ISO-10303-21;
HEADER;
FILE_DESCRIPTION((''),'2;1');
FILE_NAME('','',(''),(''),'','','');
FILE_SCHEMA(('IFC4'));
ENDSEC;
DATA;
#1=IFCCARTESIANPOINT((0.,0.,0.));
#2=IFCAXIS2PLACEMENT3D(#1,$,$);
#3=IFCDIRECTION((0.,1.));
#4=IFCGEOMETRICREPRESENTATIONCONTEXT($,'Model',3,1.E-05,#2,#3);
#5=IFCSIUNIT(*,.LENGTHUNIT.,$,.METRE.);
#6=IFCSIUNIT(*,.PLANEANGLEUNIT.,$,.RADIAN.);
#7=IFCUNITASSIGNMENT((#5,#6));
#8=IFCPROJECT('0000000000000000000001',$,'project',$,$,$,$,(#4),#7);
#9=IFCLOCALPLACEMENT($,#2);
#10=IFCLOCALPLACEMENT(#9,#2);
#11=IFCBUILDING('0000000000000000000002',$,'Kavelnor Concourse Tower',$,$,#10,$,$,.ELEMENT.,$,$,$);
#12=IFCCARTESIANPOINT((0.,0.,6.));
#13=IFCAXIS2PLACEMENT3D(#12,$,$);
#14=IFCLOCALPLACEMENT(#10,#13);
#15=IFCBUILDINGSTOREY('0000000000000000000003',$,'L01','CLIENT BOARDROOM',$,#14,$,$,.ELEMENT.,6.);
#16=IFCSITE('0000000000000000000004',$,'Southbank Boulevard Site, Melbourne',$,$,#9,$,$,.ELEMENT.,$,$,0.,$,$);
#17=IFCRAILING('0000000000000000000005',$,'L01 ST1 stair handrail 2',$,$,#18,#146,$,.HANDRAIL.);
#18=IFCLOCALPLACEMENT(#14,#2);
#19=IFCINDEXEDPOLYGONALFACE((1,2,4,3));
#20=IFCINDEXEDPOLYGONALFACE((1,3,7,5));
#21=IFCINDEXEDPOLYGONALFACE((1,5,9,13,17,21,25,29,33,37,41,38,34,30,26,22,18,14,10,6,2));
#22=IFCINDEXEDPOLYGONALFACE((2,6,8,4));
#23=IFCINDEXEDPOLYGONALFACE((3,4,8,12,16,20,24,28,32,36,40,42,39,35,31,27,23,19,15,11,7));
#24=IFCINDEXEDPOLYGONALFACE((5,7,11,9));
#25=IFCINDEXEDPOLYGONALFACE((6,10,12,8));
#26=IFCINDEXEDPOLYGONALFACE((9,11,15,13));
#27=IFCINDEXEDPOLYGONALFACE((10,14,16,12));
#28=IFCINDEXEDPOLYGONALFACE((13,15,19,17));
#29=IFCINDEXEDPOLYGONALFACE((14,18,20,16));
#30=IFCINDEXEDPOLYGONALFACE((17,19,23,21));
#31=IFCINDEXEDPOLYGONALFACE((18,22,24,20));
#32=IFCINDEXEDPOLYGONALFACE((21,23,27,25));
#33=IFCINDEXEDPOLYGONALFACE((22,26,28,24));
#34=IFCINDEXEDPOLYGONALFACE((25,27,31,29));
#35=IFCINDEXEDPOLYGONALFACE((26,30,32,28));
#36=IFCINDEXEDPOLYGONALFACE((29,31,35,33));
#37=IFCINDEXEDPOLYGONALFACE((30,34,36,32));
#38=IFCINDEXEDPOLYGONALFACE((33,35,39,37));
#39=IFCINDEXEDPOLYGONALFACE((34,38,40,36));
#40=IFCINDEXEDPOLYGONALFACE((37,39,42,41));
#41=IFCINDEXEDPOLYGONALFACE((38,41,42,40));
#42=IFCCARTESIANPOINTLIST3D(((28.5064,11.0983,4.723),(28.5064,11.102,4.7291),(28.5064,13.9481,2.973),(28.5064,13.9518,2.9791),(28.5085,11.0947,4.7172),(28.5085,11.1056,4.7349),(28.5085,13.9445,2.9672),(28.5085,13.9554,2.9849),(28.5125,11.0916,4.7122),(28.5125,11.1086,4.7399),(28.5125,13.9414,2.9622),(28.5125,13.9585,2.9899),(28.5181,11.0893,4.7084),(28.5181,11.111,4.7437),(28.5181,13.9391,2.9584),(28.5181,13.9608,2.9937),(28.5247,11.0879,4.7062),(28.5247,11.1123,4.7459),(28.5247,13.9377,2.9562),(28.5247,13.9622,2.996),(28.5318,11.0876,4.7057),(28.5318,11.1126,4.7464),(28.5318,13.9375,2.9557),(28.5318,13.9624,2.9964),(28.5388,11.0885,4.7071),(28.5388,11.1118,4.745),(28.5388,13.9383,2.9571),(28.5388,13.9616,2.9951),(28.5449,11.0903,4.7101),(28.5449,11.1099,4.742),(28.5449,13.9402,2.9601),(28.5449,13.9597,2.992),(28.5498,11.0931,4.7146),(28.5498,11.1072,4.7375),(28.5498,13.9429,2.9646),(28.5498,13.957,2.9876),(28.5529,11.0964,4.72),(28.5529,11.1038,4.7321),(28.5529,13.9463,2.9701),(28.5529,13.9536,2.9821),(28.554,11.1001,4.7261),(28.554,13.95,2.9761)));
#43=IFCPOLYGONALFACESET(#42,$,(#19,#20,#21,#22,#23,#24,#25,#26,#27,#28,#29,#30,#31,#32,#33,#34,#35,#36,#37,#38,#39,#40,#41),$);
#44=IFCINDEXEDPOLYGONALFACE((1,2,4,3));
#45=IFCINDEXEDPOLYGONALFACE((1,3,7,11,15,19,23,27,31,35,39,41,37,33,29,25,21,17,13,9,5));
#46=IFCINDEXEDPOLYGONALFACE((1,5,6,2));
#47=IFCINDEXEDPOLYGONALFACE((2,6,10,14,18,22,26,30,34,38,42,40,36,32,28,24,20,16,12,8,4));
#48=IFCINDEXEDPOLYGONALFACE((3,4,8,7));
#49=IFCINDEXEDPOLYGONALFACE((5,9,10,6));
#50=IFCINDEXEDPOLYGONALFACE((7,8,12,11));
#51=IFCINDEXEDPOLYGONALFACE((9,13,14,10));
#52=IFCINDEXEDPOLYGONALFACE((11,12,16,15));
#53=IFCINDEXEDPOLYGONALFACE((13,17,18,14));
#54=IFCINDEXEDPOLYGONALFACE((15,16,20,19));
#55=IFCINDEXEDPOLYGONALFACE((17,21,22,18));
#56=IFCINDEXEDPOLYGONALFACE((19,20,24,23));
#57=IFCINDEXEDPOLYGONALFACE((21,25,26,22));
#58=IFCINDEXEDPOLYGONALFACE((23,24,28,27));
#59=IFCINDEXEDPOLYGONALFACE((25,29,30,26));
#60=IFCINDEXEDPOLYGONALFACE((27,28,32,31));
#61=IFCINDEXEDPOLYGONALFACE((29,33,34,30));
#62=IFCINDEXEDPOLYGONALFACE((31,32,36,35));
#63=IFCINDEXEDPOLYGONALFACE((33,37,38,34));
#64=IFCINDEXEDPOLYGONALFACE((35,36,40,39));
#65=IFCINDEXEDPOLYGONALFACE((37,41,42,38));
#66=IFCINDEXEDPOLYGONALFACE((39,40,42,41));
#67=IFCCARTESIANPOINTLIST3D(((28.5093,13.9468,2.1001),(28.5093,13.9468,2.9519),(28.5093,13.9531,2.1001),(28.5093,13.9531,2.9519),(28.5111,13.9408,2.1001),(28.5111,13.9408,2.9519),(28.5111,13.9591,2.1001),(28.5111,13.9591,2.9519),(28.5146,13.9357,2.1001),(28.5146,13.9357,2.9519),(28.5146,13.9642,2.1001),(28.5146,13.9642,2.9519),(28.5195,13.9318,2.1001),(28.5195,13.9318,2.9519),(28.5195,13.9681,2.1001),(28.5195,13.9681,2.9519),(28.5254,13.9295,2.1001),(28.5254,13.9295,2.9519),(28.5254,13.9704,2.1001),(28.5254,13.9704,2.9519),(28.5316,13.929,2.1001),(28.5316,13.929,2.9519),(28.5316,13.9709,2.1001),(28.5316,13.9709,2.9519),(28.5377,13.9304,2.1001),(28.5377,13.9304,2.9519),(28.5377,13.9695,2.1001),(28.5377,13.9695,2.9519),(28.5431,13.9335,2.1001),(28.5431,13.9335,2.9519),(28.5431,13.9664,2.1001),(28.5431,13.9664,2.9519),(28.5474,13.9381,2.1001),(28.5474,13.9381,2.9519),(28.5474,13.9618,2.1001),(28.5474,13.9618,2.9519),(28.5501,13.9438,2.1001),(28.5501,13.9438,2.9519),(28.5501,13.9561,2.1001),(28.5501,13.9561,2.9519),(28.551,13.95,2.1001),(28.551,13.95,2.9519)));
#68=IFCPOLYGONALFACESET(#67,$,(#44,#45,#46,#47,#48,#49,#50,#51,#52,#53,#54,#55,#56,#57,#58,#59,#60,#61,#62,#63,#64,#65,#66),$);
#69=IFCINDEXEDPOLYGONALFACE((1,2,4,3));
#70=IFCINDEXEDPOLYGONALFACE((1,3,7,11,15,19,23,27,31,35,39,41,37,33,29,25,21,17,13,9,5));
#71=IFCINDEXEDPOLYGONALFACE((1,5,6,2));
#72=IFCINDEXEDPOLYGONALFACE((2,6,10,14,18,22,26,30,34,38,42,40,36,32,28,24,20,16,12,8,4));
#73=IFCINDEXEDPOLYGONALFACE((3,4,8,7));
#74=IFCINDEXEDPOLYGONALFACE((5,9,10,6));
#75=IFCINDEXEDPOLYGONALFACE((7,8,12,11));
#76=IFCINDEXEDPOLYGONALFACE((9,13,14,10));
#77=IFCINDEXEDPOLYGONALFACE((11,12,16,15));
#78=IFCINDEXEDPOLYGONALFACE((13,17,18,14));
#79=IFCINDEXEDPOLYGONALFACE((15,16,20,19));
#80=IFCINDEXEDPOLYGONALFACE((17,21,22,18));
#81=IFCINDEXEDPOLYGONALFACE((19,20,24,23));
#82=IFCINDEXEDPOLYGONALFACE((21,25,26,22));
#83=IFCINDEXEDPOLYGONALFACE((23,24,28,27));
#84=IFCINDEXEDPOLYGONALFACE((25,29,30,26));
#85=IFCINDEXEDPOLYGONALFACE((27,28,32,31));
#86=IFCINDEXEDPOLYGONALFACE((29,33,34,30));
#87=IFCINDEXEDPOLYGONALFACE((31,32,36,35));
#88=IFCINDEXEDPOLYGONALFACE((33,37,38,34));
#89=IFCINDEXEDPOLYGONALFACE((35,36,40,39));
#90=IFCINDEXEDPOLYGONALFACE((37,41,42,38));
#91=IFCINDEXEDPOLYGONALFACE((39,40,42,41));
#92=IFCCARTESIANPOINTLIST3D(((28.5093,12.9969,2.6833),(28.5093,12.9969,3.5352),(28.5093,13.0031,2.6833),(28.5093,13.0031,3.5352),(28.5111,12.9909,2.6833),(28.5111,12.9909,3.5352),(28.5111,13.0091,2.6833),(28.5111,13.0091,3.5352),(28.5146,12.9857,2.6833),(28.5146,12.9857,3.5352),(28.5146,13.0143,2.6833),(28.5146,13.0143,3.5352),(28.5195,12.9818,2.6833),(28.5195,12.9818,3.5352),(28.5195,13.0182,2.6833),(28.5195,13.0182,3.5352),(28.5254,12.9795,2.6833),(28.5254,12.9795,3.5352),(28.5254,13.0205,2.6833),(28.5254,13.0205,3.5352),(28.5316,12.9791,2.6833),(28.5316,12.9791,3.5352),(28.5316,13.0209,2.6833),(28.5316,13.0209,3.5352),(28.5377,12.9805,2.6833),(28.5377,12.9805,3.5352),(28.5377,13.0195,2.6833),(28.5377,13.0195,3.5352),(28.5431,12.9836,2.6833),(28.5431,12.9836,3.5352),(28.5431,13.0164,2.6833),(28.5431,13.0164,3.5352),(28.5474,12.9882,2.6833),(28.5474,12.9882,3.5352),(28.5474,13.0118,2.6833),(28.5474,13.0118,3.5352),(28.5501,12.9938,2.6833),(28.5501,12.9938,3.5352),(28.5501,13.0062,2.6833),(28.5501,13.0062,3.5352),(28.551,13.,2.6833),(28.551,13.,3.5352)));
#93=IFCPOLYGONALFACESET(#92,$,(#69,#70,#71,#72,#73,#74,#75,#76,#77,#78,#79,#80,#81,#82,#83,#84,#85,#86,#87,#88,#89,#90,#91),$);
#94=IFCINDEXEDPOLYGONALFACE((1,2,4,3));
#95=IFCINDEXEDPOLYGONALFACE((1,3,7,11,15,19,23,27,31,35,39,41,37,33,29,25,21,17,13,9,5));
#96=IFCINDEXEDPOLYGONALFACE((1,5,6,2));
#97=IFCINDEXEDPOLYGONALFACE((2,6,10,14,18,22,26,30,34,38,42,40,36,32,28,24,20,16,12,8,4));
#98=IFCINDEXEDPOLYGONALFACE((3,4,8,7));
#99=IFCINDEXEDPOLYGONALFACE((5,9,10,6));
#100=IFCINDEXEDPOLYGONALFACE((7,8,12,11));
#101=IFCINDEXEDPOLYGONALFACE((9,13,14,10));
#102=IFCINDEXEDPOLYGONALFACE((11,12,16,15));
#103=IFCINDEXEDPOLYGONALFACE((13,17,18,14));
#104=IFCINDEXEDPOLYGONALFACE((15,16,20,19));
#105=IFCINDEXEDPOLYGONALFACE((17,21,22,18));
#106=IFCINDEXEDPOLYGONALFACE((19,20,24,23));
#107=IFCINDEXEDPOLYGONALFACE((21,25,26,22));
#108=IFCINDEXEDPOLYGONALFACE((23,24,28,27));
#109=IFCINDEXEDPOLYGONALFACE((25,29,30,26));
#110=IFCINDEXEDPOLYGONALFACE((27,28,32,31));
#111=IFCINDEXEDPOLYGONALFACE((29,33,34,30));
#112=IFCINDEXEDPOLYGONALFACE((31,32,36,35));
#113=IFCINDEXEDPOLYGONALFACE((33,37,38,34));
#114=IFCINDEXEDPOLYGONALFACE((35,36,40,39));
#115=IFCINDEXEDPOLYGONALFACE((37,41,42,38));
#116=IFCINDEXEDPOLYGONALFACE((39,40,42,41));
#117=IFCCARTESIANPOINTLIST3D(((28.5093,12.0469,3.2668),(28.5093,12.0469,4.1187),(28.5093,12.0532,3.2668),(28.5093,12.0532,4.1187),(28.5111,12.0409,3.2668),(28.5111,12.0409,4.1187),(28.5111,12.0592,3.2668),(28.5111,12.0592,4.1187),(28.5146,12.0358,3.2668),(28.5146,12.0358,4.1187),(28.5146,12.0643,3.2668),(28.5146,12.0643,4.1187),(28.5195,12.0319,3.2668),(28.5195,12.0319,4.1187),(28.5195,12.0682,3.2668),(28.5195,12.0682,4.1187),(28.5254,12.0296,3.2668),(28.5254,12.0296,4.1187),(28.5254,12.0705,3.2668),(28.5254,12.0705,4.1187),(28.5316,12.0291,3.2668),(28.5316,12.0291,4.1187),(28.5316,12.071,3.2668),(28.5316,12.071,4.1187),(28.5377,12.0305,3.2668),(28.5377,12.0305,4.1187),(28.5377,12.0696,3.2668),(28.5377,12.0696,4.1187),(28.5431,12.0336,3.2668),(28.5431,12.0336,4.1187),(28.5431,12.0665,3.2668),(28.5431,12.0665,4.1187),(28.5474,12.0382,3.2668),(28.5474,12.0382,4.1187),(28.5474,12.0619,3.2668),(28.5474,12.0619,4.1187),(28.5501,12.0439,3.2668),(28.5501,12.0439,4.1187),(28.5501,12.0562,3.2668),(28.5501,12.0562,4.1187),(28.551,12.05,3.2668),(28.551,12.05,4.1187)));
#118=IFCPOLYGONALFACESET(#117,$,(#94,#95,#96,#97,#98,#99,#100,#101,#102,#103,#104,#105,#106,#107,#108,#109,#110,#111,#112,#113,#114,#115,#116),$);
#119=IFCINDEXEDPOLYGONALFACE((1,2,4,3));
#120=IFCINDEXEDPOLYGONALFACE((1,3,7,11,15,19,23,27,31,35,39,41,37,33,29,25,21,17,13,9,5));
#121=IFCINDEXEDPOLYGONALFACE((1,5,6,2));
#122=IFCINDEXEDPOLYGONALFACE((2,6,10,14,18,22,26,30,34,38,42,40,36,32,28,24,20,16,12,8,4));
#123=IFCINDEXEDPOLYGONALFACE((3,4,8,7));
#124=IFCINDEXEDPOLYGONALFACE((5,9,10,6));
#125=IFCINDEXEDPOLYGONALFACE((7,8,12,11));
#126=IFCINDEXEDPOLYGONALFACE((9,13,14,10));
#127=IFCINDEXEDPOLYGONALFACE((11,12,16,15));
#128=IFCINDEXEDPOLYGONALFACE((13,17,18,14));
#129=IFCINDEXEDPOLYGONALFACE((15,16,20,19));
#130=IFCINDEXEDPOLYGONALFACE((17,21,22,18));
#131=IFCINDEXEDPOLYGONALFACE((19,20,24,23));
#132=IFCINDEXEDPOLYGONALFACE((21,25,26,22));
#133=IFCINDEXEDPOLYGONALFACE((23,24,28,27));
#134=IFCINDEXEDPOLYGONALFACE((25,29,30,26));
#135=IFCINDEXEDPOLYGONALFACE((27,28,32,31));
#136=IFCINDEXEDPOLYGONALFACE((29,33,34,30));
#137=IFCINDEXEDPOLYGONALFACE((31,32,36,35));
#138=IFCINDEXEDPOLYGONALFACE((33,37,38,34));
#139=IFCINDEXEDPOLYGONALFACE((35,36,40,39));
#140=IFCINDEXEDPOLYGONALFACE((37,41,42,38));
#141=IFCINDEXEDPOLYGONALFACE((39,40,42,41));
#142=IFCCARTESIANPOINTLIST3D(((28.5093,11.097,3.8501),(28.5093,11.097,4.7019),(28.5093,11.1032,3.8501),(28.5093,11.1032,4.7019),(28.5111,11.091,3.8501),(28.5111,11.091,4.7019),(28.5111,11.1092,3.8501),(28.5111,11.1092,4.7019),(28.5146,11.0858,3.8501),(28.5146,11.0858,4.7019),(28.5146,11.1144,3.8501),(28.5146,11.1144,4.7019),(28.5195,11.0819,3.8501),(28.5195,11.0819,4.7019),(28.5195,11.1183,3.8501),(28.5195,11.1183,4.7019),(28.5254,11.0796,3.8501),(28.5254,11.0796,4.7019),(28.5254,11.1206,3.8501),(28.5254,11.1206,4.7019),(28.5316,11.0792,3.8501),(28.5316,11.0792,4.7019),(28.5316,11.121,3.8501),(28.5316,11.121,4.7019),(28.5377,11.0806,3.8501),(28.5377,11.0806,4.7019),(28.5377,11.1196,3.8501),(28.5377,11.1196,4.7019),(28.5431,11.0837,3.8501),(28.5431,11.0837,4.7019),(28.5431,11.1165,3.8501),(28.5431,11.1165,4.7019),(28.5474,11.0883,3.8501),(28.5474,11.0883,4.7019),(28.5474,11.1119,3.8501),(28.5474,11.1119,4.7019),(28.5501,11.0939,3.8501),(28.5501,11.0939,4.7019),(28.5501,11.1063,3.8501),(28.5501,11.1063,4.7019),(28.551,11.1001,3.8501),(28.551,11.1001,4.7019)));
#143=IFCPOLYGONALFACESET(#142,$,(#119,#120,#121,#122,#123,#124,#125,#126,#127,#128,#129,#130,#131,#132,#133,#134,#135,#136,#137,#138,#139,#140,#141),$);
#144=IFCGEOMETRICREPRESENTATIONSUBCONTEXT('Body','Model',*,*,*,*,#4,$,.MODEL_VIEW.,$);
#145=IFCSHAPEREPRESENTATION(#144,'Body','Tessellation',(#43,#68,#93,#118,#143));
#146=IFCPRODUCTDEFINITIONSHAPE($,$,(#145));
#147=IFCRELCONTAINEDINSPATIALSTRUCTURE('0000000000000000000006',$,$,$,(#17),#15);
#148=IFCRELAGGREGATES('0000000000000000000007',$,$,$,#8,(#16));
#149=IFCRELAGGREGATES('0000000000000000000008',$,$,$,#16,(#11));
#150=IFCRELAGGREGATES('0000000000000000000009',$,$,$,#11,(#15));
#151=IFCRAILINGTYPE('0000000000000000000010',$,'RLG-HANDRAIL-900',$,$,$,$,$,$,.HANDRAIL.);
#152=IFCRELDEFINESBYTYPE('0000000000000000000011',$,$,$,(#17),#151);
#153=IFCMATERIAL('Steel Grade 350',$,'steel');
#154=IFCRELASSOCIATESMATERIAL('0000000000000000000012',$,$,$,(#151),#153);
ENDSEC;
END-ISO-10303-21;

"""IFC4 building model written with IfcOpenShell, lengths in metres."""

from ifc_helpers import new_model, si_unit, direction, frame, origin, origin_2d, place, context, subcontext, project, spatial, circle, extrude, material, type_object, element, save


model = new_model("IFC4")

# Units and contexts
model_context = context("Model", 3, precision=1e-05, world=origin(), true_north=direction((0.0, 1.0)))
body_context = subcontext(model_context, "Body", "Model", "MODEL_VIEW")
ifc_project = project(units=[si_unit("LENGTHUNIT", "METRE"), si_unit("PLANEANGLEUNIT", "RADIAN")], contexts=[model_context])

# Site, building, storey
site_placement = place(None, origin())
site = spatial("IfcSite", under=ifc_project, at=site_placement, Name="Southbank Boulevard Site, Melbourne", CompositionType="ELEMENT", RefElevation=0.0)
building_placement = place(site_placement, origin())
building = spatial("IfcBuilding", under=site, at=building_placement, Name="Kavelnor Concourse Tower", CompositionType="ELEMENT")
storey_placement = place(building_placement, frame((0.0, 0.0, 6.0)))
storey = spatial("IfcBuildingStorey", under=building, at=storey_placement, Name="L01", Description="CLIENT BOARDROOM", CompositionType="ELEMENT", Elevation=6.0)

# Shared definitions
ifc_material_1 = material(Name="Steel Grade 350", Category="steel")

# Railing
railing_type_1 = type_object("IfcRailingType", Name="RLG-HANDRAIL-900", PredefinedType="HANDRAIL", material=ifc_material_1)
railing_1_placement = place(storey_placement, frame((28.53, 13.95, 2.1001)))
element("IfcRailing", 1, at=railing_1_placement, inside=storey, type_object=railing_type_1, Name="L01 ST1 stair handrail 2", PredefinedType="HANDRAIL", context=body_context, shape_type="SweptSolid", body=[
    extrude(circle(Radius=0.0239, at=origin_2d()), frame((0.0, 0.0, 0.876), z_axis=(0.0, -0.852159, 0.523283), x_axis=(1.0, 0.0, 0.0)), (0.0, 0.0, 1.0), 3.3442),
    extrude(circle(Radius=0.021, at=origin_2d()), origin(), (0.0, 0.0, 1.0), 0.8518),
    extrude(circle(Radius=0.021, at=origin_2d()), frame((0.0, -0.95, 0.5833)), (0.0, 0.0, 1.0), 0.8518),
    extrude(circle(Radius=0.021, at=origin_2d()), frame((0.0, -1.8999, 1.1667)), (0.0, 0.0, 1.0), 0.8518),
    extrude(circle(Radius=0.021, at=origin_2d()), frame((0.0, -2.8499, 1.75)), (0.0, 0.0, 1.0), 0.8518),
])

save(model, "model.ifc")
